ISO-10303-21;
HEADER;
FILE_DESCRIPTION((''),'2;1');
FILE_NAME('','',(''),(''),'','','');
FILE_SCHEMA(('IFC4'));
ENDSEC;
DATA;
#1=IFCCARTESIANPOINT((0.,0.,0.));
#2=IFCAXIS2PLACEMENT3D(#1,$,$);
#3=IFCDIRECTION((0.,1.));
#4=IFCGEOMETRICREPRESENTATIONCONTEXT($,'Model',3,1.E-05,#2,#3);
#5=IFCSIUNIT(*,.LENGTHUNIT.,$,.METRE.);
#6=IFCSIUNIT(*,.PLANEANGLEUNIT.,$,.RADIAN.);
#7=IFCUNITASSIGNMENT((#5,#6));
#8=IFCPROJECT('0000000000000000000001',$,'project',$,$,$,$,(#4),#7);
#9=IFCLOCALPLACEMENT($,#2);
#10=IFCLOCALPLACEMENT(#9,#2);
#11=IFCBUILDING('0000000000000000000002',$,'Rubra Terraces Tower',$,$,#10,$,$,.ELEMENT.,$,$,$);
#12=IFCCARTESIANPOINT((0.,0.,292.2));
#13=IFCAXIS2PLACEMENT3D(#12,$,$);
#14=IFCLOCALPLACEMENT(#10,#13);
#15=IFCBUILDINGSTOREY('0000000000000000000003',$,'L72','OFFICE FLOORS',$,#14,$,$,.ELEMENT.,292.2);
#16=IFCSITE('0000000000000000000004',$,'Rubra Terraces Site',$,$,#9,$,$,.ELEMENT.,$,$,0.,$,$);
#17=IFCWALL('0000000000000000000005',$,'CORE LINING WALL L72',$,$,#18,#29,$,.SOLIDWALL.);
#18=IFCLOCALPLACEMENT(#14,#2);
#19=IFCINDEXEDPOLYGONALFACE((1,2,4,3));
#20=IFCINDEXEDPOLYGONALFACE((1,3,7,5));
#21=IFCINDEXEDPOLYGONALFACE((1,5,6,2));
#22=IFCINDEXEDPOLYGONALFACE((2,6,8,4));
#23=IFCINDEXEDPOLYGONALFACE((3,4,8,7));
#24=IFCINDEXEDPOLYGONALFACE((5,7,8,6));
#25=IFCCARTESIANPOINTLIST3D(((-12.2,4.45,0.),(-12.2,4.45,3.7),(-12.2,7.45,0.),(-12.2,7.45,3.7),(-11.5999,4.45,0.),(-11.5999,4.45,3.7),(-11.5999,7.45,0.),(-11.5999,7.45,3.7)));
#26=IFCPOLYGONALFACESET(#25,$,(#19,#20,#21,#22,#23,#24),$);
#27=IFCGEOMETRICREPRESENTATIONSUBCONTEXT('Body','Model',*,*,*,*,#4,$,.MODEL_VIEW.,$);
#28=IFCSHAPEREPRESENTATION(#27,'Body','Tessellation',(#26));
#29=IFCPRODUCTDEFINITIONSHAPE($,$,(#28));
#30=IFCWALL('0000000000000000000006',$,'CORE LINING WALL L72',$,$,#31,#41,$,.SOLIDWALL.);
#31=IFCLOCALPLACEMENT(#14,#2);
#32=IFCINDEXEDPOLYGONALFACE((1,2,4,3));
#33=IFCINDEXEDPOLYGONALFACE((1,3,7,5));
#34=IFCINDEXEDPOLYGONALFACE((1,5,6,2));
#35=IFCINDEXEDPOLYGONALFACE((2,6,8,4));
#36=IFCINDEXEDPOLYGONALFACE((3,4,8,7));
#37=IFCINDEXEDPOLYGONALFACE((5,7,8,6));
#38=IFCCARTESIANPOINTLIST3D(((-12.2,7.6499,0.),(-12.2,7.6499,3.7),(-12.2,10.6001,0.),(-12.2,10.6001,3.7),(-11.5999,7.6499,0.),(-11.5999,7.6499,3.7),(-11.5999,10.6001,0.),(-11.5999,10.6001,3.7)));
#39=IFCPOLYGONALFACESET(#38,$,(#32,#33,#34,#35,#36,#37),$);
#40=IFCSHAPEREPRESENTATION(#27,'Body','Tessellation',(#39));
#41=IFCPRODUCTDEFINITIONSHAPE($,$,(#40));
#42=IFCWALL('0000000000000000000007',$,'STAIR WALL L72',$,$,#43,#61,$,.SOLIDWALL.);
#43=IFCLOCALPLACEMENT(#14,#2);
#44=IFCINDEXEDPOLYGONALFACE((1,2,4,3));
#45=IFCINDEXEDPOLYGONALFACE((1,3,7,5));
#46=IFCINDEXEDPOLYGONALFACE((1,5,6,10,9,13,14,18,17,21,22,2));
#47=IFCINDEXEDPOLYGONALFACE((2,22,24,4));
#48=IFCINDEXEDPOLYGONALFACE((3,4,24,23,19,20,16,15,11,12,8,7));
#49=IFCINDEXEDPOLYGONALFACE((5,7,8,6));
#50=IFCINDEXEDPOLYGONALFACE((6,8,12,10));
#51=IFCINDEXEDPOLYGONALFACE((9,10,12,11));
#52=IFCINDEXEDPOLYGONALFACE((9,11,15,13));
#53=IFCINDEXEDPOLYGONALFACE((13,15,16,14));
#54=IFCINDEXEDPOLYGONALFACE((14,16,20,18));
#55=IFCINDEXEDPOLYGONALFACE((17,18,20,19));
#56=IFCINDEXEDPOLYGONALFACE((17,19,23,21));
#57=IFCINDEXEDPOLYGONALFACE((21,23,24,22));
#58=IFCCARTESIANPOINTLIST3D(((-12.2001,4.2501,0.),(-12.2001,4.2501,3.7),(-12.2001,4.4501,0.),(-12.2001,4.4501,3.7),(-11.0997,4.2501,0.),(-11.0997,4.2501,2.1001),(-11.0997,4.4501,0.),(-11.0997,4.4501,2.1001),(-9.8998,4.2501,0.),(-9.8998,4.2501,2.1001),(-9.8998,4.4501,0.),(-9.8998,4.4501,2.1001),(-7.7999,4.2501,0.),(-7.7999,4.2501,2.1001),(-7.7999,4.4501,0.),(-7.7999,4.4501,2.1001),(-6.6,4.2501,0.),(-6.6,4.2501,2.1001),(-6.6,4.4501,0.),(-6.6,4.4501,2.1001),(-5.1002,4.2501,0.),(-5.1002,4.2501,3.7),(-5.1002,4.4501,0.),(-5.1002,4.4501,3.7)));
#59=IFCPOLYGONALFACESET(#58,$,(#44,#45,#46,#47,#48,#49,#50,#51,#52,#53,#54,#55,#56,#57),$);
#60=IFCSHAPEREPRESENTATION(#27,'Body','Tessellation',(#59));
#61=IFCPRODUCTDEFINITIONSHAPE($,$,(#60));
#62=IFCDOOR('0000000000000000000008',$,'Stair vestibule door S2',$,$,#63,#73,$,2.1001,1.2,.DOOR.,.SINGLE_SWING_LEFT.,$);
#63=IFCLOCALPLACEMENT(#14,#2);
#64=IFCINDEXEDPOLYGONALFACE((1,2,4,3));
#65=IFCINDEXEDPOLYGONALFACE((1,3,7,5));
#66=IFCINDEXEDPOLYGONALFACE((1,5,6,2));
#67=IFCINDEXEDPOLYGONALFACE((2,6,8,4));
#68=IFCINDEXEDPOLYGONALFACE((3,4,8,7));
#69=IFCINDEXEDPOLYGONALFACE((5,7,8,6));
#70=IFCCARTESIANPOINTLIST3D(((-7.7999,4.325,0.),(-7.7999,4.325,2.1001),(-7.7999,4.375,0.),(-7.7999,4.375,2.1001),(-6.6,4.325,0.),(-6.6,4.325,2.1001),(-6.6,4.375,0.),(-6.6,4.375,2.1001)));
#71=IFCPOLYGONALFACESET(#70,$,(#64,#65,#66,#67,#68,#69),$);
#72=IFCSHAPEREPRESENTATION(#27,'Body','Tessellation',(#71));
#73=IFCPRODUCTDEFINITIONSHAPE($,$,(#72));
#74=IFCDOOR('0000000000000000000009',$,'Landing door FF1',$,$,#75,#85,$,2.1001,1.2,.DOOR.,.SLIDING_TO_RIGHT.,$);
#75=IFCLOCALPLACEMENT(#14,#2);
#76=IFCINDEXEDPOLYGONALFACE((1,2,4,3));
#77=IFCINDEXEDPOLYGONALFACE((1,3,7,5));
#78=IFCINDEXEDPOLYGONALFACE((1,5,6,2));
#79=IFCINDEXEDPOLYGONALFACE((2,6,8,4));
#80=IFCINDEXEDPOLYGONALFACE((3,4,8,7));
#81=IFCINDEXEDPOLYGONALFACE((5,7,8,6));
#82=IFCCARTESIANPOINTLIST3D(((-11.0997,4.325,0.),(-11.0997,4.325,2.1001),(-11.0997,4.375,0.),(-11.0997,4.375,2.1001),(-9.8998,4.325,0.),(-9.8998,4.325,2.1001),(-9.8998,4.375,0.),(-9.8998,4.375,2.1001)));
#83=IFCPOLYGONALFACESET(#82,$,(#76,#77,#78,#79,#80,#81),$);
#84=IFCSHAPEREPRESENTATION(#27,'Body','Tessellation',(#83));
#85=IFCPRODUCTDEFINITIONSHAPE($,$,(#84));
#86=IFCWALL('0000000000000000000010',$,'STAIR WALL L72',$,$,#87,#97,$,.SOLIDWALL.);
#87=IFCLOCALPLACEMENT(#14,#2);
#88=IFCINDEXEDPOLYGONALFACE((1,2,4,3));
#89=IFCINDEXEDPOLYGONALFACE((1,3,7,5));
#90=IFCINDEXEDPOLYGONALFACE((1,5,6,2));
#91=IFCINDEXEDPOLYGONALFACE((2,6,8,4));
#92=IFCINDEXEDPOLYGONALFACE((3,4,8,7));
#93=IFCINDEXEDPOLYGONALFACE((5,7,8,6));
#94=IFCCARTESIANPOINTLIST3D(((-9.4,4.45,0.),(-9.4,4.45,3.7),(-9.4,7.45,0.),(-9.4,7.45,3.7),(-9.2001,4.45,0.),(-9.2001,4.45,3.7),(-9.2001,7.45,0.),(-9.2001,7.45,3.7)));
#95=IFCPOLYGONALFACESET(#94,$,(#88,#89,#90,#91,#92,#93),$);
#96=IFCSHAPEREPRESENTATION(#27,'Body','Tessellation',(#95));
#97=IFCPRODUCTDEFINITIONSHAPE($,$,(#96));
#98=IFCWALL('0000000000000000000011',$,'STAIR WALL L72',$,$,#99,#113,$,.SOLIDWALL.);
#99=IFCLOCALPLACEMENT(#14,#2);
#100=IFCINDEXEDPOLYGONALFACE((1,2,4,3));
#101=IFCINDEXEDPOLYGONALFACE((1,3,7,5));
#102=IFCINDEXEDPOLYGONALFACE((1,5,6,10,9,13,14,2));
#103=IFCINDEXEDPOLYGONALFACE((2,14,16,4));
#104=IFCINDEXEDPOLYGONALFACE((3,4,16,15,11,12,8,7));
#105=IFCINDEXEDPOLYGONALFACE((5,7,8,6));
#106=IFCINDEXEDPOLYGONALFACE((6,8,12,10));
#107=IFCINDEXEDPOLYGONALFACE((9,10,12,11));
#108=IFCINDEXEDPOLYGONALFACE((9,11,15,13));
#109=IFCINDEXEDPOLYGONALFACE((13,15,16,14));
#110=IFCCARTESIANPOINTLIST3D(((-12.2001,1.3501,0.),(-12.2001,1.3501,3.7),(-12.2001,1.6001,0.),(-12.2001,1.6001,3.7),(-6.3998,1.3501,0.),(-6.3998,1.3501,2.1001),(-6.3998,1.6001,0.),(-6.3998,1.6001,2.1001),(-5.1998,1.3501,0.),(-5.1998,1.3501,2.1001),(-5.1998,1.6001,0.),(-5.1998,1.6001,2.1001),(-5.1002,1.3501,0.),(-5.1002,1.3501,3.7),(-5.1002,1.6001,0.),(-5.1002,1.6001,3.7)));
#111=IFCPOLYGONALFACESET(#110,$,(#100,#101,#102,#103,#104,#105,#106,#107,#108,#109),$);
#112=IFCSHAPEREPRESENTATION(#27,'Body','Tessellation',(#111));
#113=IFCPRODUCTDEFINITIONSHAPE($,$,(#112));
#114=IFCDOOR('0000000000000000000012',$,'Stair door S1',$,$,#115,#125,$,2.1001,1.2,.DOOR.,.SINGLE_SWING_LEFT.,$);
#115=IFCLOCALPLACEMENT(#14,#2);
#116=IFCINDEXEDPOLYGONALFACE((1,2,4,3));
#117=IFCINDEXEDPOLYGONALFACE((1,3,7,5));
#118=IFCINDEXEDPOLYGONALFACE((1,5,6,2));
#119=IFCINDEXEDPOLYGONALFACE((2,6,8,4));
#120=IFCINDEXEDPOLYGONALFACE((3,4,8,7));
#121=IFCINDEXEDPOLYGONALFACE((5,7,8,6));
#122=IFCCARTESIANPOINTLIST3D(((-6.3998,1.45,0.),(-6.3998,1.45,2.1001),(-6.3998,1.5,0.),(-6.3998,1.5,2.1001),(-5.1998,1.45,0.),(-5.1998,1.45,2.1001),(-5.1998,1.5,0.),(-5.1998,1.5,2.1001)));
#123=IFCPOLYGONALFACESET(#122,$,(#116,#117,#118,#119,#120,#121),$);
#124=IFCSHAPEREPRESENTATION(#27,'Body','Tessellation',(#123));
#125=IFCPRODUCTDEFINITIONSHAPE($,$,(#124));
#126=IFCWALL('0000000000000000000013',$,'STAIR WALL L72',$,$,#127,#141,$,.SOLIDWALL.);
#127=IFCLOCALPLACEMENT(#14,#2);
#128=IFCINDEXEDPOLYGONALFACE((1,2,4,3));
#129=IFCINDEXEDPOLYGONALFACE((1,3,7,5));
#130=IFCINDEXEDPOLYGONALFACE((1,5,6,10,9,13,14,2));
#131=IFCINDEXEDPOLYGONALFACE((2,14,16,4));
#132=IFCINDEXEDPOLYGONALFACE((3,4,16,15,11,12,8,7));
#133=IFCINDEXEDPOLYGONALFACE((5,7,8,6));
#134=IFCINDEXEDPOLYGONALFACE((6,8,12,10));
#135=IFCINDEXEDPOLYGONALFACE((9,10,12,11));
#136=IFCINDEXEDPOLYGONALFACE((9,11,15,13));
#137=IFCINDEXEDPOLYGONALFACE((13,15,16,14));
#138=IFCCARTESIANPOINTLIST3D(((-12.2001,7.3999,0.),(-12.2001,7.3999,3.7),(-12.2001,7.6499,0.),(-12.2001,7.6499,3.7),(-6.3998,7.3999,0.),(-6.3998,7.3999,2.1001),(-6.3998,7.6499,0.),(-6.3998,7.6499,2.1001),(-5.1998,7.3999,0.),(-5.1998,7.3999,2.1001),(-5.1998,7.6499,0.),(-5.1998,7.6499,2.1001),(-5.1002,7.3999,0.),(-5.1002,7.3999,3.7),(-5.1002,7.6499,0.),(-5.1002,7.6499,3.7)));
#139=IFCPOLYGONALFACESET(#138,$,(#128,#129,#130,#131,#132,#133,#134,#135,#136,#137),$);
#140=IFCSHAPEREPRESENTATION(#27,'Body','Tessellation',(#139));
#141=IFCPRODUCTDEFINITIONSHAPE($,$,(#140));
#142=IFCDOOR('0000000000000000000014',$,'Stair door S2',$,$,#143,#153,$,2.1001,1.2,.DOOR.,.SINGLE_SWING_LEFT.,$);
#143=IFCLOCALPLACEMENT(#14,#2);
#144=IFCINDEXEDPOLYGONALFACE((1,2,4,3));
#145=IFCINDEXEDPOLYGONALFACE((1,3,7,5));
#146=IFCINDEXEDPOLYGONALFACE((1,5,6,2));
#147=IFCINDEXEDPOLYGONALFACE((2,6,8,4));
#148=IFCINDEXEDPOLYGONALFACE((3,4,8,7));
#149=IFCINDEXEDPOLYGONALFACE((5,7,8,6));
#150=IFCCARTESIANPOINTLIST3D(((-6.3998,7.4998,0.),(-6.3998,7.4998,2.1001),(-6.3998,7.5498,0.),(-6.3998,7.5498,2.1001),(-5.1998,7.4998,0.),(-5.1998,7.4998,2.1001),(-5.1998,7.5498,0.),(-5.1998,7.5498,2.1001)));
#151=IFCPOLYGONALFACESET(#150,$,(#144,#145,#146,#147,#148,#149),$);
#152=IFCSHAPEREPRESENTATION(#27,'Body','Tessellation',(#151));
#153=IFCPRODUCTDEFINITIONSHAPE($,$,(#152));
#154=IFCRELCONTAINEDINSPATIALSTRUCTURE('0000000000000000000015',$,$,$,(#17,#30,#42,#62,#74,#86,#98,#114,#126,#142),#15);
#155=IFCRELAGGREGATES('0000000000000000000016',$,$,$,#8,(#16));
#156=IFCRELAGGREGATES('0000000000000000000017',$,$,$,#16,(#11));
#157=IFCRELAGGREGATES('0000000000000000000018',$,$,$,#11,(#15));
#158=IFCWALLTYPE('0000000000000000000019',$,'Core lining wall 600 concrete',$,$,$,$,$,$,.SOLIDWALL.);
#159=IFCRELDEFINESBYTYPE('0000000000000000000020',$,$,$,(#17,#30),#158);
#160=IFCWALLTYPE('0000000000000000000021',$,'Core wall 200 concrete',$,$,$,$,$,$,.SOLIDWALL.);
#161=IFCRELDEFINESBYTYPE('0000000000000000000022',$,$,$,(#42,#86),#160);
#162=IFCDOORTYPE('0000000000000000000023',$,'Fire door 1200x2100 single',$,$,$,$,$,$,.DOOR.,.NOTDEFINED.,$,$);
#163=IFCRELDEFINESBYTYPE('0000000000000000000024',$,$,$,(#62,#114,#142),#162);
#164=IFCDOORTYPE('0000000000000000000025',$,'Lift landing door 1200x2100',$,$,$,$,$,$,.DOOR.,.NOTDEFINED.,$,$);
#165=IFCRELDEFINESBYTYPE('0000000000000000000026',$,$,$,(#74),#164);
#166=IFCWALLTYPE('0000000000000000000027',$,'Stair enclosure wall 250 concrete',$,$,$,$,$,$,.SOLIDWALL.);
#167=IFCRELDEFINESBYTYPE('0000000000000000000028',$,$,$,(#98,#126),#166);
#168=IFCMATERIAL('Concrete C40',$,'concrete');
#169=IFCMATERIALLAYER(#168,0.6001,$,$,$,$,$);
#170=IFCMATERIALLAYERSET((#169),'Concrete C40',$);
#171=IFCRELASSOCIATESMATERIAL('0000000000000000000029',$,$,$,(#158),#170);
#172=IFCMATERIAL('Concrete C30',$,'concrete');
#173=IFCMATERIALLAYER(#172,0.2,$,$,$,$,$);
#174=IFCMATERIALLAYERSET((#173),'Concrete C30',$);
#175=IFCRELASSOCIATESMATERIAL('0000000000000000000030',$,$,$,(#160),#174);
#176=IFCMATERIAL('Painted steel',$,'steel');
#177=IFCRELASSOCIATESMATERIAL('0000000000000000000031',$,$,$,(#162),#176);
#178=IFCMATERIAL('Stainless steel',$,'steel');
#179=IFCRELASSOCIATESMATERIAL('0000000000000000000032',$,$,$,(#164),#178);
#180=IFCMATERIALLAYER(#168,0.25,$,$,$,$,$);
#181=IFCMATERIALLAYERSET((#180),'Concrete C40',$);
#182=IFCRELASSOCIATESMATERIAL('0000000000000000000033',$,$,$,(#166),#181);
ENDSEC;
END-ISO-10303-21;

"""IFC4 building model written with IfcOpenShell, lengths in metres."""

from ifc_helpers import new_model, si_unit, direction, frame, frame_2d, origin, place, context, subcontext, project, spatial, rectangle, extrude, material, layer, layer_set, type_object, element, fill, save


model = new_model("IFC4")

# Units and contexts
model_context = context("Model", 3, precision=1e-05, world=origin(), true_north=direction((0.0, 1.0)))
body_context = subcontext(model_context, "Body", "Model", "MODEL_VIEW")
ifc_project = project(units=[si_unit("LENGTHUNIT", "METRE"), si_unit("PLANEANGLEUNIT", "RADIAN")], contexts=[model_context])

# Site, building, storey
site_placement = place(None, origin())
site = spatial("IfcSite", under=ifc_project, at=site_placement, Name="Rubra Terraces Site", CompositionType="ELEMENT", RefElevation=0.0)
building_placement = place(site_placement, origin())
building = spatial("IfcBuilding", under=site, at=building_placement, Name="Rubra Terraces Tower", CompositionType="ELEMENT")
storey_placement = place(building_placement, frame((0.0, 0.0, 292.2)))
storey = spatial("IfcBuildingStorey", under=building, at=storey_placement, Name="L72", Description="OFFICE FLOORS", CompositionType="ELEMENT", Elevation=292.2)

# Walls
ifc_material_1 = material(Name="Concrete C40", Category="concrete")
ifc_layer_1 = layer(ifc_material_1, 0.6001)
ifc_layer_set_1 = layer_set([ifc_layer_1], Name="Concrete C40")
wall_type_1 = type_object("IfcWallType", Name="Core lining wall 600 concrete", PredefinedType="SOLIDWALL", material=ifc_layer_set_1)
wall_1_placement = place(storey_placement, frame((-11.8999, 4.45, 0.0), z_axis=(0.0, 0.0, 1.0), x_axis=(0.0, 1.0, 0.0)))
element("IfcWall", 1, at=wall_1_placement, inside=storey, type_object=wall_type_1, Name="CORE LINING WALL L72", PredefinedType="SOLIDWALL", context=body_context, shape_type="SweptSolid", body=[
    extrude(rectangle(XDim=3.0, YDim=0.6001, at=frame_2d((1.5, 0.0))), origin(), (0.0, 0.0, 1.0), 3.7),
])
wall_2_placement = place(storey_placement, frame((-11.8999, 7.6499, 0.0), z_axis=(0.0, 0.0, 1.0), x_axis=(0.0, 1.0, 0.0)))
element("IfcWall", 2, at=wall_2_placement, inside=storey, type_object=wall_type_1, Name="CORE LINING WALL L72", PredefinedType="SOLIDWALL", context=body_context, shape_type="SweptSolid", body=[
    extrude(rectangle(XDim=2.9502, YDim=0.6001, at=frame_2d((1.4751, 0.0))), origin(), (0.0, 0.0, 1.0), 3.7),
])

# Wall, openings, doors
ifc_material_2 = material(Name="Concrete C30", Category="concrete")
ifc_layer_2 = layer(ifc_material_2, 0.2)
ifc_layer_set_2 = layer_set([ifc_layer_2], Name="Concrete C30")
wall_type_2 = type_object("IfcWallType", Name="Core wall 200 concrete", PredefinedType="SOLIDWALL", material=ifc_layer_set_2)
wall_3_placement = place(storey_placement, frame((-12.2, 4.3501, 0.0), z_axis=(0.0, 0.0, 1.0), x_axis=(1.0, 0.0, 0.0)))
wall_3 = element("IfcWall", 3, at=wall_3_placement, inside=storey, type_object=wall_type_2, Name="STAIR WALL L72", PredefinedType="SOLIDWALL", context=body_context, shape_type="SweptSolid", body=[
    extrude(rectangle(XDim=7.0999, YDim=0.2, at=frame_2d((3.5498, 0.0))), origin(), (0.0, 0.0, 1.0), 3.7),
])
opening_1_placement = place(wall_3_placement, frame((4.3999, 0.0, 0.0)))
opening_1 = element("IfcOpeningElement", 4, at=opening_1_placement, cuts=wall_3, PredefinedType="OPENING", context=body_context, shape_type="SweptSolid", body=[
    extrude(rectangle(XDim=1.2, YDim=2.1001, at=frame_2d((0.6001, 1.05))), frame((0.0, 0.1099, 0.0), z_axis=(0.0, -1.0, 0.0), x_axis=(1.0, 0.0, 0.0)), (0.0, 0.0, 1.0), 0.22),
])
opening_2_placement = place(wall_3_placement, frame((1.1001, 0.0, 0.0)))
opening_2 = element("IfcOpeningElement", 5, at=opening_2_placement, cuts=wall_3, PredefinedType="OPENING", context=body_context, shape_type="SweptSolid", body=[
    extrude(rectangle(XDim=1.2, YDim=2.1001, at=frame_2d((0.6001, 1.05))), frame((0.0, 0.1099, 0.0), z_axis=(0.0, -1.0, 0.0), x_axis=(1.0, 0.0, 0.0)), (0.0, 0.0, 1.0), 0.22),
])
ifc_material_3 = material(Name="Painted steel", Category="steel")
door_type_1 = type_object("IfcDoorType", Name="Fire door 1200x2100 single", OperationType="NOTDEFINED", PredefinedType="DOOR", material=ifc_material_3)
door_1_placement = place(opening_1_placement, origin())
door_1 = element("IfcDoor", 6, at=door_1_placement, inside=storey, type_object=door_type_1, Name="Stair vestibule door S2", OperationType="SINGLE_SWING_LEFT", OverallHeight=2.1001, OverallWidth=1.2, PredefinedType="DOOR", context=body_context, shape_type="SweptSolid", body=[
    extrude(rectangle(XDim=1.2, YDim=2.1001, at=frame_2d((0.6001, 1.05))), frame((0.0, 0.0249, 0.0), z_axis=(0.0, -1.0, 0.0), x_axis=(1.0, 0.0, 0.0)), (0.0, 0.0, 1.0), 0.05),
])
fill(opening_1, door_1)
ifc_material_4 = material(Name="Stainless steel", Category="steel")
door_type_2 = type_object("IfcDoorType", Name="Lift landing door 1200x2100", OperationType="NOTDEFINED", PredefinedType="DOOR", material=ifc_material_4)
door_2_placement = place(opening_2_placement, origin())
door_2 = element("IfcDoor", 7, at=door_2_placement, inside=storey, type_object=door_type_2, Name="Landing door FF1", OperationType="SLIDING_TO_RIGHT", OverallHeight=2.1001, OverallWidth=1.2, PredefinedType="DOOR", context=body_context, shape_type="SweptSolid", body=[
    extrude(rectangle(XDim=1.2, YDim=2.1001, at=frame_2d((0.6001, 1.05))), frame((0.0, 0.0249, 0.0), z_axis=(0.0, -1.0, 0.0), x_axis=(1.0, 0.0, 0.0)), (0.0, 0.0, 1.0), 0.05),
])
fill(opening_2, door_2)

# Wall
wall_4_placement = place(storey_placement, frame((-9.3, 4.45, 0.0), z_axis=(0.0, 0.0, 1.0), x_axis=(0.0, 1.0, 0.0)))
element("IfcWall", 8, at=wall_4_placement, inside=storey, type_object=wall_type_2, Name="STAIR WALL L72", PredefinedType="SOLIDWALL", context=body_context, shape_type="SweptSolid", body=[
    extrude(rectangle(XDim=3.0, YDim=0.2, at=frame_2d((1.5, 0.0))), origin(), (0.0, 0.0, 1.0), 3.7),
])

# Walls, openings, doors
ifc_layer_3 = layer(ifc_material_1, 0.25)
ifc_layer_set_3 = layer_set([ifc_layer_3], Name="Concrete C40")
wall_type_3 = type_object("IfcWallType", Name="Stair enclosure wall 250 concrete", PredefinedType="SOLIDWALL", material=ifc_layer_set_3)
wall_5_placement = place(storey_placement, frame((-12.2, 1.4751, 0.0), z_axis=(0.0, 0.0, 1.0), x_axis=(1.0, 0.0, 0.0)))
wall_5 = element("IfcWall", 9, at=wall_5_placement, inside=storey, type_object=wall_type_3, Name="STAIR WALL L72", PredefinedType="SOLIDWALL", context=body_context, shape_type="SweptSolid", body=[
    extrude(rectangle(XDim=7.0999, YDim=0.25, at=frame_2d((3.5498, 0.0))), origin(), (0.0, 0.0, 1.0), 3.7),
])
opening_3_placement = place(wall_5_placement, frame((5.8, 0.0, 0.0)))
opening_3 = element("IfcOpeningElement", 10, at=opening_3_placement, cuts=wall_5, PredefinedType="OPENING", context=body_context, shape_type="SweptSolid", body=[
    extrude(rectangle(XDim=1.2, YDim=2.1001, at=frame_2d((0.6001, 1.05))), frame((0.0, 0.135, 0.0), z_axis=(0.0, -1.0, 0.0), x_axis=(1.0, 0.0, 0.0)), (0.0, 0.0, 1.0), 0.27),
])
door_3_placement = place(opening_3_placement, origin())
door_3 = element("IfcDoor", 11, at=door_3_placement, inside=storey, type_object=door_type_1, Name="Stair door S1", OperationType="SINGLE_SWING_LEFT", OverallHeight=2.1001, OverallWidth=1.2, PredefinedType="DOOR", context=body_context, shape_type="SweptSolid", body=[
    extrude(rectangle(XDim=1.2, YDim=2.1001, at=frame_2d((0.6001, 1.05))), frame((0.0, 0.0249, 0.0), z_axis=(0.0, -1.0, 0.0), x_axis=(1.0, 0.0, 0.0)), (0.0, 0.0, 1.0), 0.05),
])
fill(opening_3, door_3)
wall_6_placement = place(storey_placement, frame((-12.2, 7.5249, 0.0), z_axis=(0.0, 0.0, 1.0), x_axis=(1.0, 0.0, 0.0)))
wall_6 = element("IfcWall", 12, at=wall_6_placement, inside=storey, type_object=wall_type_3, Name="STAIR WALL L72", PredefinedType="SOLIDWALL", context=body_context, shape_type="SweptSolid", body=[
    extrude(rectangle(XDim=7.0999, YDim=0.25, at=frame_2d((3.5498, 0.0))), origin(), (0.0, 0.0, 1.0), 3.7),
])
opening_4_placement = place(wall_6_placement, frame((5.8, 0.0, 0.0)))
opening_4 = element("IfcOpeningElement", 13, at=opening_4_placement, cuts=wall_6, PredefinedType="OPENING", context=body_context, shape_type="SweptSolid", body=[
    extrude(rectangle(XDim=1.2, YDim=2.1001, at=frame_2d((0.6001, 1.05))), frame((0.0, 0.135, 0.0), z_axis=(0.0, -1.0, 0.0), x_axis=(1.0, 0.0, 0.0)), (0.0, 0.0, 1.0), 0.27),
])
door_4_placement = place(opening_4_placement, origin())
door_4 = element("IfcDoor", 14, at=door_4_placement, inside=storey, type_object=door_type_1, Name="Stair door S2", OperationType="SINGLE_SWING_LEFT", OverallHeight=2.1001, OverallWidth=1.2, PredefinedType="DOOR", context=body_context, shape_type="SweptSolid", body=[
    extrude(rectangle(XDim=1.2, YDim=2.1001, at=frame_2d((0.6001, 1.05))), frame((0.0, 0.0249, 0.0), z_axis=(0.0, -1.0, 0.0), x_axis=(1.0, 0.0, 0.0)), (0.0, 0.0, 1.0), 0.05),
])
fill(opening_4, door_4)

save(model, "model.ifc")
